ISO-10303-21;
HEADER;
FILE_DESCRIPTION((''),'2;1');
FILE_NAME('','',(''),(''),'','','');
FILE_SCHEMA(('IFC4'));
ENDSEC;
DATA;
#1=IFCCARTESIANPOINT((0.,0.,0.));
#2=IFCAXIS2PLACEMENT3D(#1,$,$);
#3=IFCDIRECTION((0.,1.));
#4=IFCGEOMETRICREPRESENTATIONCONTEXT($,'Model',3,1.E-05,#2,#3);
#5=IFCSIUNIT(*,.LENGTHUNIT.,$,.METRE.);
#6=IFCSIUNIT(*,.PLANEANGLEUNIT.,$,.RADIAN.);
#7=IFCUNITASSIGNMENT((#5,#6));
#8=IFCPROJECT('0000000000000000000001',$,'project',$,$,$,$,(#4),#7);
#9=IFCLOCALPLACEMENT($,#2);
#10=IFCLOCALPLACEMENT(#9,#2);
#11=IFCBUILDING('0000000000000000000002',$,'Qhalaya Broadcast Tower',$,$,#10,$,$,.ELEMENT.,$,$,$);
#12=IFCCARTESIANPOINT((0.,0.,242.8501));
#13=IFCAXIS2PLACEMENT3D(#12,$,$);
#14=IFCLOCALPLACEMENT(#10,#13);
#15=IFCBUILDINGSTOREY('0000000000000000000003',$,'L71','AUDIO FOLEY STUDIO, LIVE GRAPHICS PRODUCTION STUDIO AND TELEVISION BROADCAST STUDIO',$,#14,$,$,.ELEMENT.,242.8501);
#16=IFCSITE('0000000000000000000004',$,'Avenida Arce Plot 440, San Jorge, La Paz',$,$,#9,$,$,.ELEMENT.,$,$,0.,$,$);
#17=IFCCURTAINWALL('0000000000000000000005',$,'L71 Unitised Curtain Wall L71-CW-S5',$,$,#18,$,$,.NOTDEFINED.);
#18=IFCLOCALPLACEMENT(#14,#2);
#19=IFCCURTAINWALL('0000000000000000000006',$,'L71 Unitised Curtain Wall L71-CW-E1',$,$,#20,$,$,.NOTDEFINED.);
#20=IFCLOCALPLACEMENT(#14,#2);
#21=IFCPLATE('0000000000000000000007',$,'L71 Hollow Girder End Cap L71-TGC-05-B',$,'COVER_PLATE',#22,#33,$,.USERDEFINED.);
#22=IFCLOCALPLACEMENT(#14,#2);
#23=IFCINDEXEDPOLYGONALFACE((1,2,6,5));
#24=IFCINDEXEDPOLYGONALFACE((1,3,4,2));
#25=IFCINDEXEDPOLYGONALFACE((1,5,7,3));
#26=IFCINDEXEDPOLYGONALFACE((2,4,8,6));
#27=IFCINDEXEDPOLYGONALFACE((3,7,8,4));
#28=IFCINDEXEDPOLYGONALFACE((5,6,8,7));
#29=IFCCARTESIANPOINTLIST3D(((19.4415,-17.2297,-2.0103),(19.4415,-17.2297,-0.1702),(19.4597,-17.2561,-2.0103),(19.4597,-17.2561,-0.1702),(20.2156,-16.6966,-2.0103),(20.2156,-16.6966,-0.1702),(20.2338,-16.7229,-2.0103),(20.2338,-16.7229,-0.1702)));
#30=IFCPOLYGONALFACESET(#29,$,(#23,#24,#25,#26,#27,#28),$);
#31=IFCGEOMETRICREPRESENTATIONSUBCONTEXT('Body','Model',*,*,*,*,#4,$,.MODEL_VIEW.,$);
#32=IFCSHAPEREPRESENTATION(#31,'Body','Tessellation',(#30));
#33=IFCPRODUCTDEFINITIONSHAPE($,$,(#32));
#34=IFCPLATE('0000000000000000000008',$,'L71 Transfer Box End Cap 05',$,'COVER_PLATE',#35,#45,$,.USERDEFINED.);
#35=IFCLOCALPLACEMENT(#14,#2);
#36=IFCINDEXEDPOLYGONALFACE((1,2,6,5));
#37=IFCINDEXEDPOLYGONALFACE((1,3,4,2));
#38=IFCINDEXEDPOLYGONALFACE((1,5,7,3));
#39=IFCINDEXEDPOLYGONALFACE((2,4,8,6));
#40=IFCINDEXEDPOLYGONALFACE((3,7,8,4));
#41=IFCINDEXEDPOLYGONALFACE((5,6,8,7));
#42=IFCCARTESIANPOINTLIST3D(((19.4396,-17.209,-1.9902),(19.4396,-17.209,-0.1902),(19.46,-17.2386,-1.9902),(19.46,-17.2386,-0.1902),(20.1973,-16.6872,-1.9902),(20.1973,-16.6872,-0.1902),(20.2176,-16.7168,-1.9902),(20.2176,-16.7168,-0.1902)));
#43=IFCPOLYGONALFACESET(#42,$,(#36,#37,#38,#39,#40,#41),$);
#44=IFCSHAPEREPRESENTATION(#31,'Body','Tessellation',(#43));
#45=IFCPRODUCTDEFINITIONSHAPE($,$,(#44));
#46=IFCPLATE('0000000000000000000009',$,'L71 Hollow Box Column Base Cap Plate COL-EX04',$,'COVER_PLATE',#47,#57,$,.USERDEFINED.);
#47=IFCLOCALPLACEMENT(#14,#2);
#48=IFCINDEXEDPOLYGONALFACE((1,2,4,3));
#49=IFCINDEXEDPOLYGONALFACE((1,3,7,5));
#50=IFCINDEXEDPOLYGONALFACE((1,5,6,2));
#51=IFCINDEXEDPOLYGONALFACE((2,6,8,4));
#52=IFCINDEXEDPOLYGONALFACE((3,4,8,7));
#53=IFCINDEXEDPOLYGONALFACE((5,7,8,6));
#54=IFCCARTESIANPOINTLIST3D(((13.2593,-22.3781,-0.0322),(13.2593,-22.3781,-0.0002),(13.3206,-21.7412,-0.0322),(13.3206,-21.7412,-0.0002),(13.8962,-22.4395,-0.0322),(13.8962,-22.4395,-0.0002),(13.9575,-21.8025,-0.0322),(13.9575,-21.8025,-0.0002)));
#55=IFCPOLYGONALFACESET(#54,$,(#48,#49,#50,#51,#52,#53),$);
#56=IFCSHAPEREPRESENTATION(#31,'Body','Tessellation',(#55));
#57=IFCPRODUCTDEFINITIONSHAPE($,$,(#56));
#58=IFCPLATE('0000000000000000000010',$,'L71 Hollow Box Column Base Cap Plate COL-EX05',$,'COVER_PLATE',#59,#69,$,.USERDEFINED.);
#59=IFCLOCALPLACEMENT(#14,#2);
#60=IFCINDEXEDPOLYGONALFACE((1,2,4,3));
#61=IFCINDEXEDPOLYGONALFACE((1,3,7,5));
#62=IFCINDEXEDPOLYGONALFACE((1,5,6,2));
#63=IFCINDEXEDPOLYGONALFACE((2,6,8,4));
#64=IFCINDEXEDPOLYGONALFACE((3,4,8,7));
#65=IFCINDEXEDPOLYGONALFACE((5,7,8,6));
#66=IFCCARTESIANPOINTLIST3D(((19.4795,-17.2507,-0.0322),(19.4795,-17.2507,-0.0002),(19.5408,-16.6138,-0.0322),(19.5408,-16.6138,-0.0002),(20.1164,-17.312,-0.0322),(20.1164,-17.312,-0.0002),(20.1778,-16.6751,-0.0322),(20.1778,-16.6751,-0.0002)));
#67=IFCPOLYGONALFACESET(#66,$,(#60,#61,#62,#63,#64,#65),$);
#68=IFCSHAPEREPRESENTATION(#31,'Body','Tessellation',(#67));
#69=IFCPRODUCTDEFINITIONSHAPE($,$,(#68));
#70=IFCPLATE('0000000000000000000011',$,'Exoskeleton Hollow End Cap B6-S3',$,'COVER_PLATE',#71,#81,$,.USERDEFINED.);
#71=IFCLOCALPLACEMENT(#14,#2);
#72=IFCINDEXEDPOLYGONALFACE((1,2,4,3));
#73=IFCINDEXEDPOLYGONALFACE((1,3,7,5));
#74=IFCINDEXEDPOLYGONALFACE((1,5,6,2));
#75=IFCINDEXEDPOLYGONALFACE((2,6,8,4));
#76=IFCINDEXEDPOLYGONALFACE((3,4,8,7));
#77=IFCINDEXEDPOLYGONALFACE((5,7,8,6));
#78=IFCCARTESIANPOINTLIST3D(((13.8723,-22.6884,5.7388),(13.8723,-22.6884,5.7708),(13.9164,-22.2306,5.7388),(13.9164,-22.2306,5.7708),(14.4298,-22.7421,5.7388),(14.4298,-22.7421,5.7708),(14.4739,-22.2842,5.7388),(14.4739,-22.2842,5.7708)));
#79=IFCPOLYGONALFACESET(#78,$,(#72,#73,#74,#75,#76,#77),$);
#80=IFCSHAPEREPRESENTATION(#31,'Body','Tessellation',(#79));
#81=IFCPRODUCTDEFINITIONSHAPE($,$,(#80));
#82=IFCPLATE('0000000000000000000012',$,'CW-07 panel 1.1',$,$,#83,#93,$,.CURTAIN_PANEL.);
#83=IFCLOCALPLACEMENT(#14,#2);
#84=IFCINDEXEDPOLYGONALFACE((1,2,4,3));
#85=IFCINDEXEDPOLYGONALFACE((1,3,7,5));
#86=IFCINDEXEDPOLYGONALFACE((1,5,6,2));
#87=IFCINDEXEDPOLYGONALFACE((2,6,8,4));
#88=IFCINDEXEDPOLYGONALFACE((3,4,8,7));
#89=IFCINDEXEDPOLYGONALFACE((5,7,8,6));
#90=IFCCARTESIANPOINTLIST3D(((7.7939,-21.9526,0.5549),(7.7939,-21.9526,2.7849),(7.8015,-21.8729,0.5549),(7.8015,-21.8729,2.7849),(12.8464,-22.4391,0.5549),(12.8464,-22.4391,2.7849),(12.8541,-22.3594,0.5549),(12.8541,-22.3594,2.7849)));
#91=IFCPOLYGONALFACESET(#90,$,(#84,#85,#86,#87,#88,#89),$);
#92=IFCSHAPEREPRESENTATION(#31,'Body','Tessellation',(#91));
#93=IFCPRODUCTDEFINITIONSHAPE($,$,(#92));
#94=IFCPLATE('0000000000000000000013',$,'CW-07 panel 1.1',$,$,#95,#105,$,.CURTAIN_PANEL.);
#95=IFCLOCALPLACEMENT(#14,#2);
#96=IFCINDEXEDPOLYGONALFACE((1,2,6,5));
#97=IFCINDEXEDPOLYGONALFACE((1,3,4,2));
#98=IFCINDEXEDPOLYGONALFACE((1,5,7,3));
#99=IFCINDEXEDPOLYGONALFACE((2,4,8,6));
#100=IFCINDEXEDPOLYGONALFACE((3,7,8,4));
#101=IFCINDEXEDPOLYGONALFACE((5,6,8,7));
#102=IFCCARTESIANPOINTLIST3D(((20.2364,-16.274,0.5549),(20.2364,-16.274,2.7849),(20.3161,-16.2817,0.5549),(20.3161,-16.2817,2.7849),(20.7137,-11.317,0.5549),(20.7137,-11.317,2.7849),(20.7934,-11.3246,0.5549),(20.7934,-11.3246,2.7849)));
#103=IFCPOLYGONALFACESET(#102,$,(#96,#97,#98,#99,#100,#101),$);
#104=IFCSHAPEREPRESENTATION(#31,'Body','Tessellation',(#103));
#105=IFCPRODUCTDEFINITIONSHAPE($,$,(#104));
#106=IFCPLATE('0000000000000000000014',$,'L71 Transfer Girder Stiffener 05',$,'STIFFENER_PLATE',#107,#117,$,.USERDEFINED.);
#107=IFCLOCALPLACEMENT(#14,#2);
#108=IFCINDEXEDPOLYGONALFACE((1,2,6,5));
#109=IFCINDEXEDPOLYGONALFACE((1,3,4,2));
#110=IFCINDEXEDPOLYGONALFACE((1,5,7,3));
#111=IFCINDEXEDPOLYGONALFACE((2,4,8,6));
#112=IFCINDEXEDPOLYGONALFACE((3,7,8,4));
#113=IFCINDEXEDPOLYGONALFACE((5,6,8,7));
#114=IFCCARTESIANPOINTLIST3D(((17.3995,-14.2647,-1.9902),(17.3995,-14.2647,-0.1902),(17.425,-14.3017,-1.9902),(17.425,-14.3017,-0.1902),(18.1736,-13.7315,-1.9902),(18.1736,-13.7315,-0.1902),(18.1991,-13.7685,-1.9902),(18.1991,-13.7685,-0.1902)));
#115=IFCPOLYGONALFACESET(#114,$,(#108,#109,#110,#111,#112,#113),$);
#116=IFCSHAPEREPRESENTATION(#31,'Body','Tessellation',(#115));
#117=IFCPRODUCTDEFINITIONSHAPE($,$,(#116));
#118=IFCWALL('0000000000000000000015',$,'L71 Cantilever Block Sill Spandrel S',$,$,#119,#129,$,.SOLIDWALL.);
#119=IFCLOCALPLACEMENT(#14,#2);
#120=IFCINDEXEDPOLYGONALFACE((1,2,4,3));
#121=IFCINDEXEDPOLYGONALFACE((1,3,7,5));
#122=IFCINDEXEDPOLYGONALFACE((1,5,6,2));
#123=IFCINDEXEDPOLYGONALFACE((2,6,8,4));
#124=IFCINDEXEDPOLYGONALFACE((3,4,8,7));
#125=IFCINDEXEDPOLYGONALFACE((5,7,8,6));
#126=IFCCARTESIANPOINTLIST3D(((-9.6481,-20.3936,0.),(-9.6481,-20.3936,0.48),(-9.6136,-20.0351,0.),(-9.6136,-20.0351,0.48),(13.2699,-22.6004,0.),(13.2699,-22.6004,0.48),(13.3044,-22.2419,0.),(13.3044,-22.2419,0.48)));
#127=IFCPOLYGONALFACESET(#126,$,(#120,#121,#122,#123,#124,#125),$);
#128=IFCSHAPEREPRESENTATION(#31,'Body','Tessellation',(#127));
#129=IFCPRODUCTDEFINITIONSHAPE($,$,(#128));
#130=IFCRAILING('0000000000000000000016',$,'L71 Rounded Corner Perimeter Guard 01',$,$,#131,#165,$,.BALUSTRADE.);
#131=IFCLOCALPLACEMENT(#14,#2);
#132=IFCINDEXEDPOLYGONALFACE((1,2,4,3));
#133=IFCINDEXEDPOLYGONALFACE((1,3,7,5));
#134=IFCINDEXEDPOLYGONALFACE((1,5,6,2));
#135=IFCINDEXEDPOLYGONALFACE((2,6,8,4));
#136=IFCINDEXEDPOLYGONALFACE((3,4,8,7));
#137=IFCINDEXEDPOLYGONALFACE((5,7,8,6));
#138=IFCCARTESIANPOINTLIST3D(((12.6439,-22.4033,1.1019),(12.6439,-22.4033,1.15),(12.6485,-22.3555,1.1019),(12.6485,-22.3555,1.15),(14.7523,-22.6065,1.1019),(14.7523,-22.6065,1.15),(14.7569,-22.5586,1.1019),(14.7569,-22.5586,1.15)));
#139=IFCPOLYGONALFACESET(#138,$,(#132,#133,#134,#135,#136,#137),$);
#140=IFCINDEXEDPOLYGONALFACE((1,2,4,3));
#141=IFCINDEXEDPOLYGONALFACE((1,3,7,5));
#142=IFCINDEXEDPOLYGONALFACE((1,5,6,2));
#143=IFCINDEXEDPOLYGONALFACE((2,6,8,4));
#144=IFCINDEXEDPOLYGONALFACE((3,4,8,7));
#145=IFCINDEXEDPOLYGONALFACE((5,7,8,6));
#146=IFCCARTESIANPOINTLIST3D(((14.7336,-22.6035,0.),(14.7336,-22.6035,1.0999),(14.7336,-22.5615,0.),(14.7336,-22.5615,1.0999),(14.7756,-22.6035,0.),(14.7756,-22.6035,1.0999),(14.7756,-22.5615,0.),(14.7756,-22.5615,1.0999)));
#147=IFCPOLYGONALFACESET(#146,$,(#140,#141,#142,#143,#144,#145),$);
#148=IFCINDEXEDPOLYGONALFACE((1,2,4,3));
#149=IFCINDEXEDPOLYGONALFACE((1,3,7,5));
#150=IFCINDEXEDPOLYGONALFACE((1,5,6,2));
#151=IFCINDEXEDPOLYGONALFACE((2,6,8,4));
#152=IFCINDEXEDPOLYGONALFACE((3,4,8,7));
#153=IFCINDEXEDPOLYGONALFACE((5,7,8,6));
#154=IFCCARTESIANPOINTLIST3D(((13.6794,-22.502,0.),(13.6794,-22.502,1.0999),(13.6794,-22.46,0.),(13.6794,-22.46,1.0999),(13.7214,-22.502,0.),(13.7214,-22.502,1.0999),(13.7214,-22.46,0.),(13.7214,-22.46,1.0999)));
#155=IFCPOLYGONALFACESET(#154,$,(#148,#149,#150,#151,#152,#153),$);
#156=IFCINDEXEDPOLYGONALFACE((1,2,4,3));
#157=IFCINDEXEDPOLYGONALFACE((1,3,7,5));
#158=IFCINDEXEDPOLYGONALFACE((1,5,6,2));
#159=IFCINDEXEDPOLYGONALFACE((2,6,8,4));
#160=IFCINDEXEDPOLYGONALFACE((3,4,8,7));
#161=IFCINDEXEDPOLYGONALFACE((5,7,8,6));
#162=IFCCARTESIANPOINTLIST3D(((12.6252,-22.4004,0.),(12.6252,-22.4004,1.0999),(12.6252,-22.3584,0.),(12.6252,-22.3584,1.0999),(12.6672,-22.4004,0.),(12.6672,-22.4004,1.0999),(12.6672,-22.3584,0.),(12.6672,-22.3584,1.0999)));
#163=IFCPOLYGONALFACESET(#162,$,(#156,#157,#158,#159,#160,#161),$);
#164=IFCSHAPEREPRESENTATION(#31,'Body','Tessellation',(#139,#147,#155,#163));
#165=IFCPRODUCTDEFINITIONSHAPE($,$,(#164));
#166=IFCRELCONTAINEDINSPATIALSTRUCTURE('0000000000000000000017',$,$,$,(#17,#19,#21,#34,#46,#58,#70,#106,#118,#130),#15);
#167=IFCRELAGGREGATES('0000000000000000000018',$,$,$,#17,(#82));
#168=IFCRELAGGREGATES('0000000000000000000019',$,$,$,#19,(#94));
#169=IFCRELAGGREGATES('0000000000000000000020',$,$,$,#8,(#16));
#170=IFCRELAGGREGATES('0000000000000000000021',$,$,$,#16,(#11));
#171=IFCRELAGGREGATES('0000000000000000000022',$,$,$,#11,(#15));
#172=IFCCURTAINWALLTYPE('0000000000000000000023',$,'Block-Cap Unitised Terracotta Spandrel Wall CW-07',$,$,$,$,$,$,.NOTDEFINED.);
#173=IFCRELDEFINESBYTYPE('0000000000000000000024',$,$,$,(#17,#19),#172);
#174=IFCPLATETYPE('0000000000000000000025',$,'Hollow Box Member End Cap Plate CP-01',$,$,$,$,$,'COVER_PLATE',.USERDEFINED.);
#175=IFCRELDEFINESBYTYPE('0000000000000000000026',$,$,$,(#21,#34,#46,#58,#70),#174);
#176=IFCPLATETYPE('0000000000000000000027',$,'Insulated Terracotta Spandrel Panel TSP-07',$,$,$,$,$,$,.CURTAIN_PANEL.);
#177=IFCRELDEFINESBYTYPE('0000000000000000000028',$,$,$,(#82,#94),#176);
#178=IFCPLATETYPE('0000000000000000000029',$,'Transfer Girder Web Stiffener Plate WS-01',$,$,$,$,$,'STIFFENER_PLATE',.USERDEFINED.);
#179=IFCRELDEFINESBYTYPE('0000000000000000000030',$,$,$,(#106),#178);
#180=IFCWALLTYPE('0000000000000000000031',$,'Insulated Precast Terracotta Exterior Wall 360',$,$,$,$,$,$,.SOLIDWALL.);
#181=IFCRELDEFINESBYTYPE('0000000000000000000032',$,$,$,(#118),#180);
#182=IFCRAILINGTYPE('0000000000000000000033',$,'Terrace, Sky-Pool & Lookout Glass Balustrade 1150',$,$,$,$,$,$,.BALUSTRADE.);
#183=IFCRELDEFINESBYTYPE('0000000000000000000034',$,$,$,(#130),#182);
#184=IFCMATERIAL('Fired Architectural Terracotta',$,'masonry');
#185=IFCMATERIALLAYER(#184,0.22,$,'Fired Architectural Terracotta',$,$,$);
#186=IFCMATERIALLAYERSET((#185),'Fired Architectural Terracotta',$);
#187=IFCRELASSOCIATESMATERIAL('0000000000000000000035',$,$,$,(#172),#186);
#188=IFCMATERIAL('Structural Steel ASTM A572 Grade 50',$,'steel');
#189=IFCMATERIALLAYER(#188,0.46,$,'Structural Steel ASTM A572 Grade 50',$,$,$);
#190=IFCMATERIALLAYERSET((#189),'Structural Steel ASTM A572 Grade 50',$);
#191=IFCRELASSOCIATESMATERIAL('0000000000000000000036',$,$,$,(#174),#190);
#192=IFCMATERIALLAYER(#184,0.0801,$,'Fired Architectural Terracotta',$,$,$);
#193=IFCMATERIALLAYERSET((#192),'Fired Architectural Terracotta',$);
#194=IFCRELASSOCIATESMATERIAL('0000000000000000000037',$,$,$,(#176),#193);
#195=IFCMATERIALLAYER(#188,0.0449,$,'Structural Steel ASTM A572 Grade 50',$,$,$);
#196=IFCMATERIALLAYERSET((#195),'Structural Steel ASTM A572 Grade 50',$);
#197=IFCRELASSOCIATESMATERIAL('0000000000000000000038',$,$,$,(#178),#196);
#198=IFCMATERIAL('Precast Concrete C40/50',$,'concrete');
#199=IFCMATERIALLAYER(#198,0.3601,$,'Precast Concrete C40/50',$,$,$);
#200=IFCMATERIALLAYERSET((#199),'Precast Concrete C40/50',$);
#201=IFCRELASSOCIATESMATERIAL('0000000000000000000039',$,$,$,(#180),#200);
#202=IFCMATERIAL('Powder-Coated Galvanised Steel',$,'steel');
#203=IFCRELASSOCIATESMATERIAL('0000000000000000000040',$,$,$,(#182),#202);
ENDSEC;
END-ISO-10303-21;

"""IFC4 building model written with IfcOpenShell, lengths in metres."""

from ifc_helpers import new_model, si_unit, direction, frame, frame_2d, origin, origin_2d, place, context, subcontext, project, spatial, rectangle, extrude, material, layer, layer_set, type_object, element, aggregate, save


model = new_model("IFC4")

# Units and contexts
model_context = context("Model", 3, precision=1e-05, world=origin(), true_north=direction((0.0, 1.0)))
body_context = subcontext(model_context, "Body", "Model", "MODEL_VIEW")
ifc_project = project(units=[si_unit("LENGTHUNIT", "METRE"), si_unit("PLANEANGLEUNIT", "RADIAN")], contexts=[model_context])

# Site, building, storey
site_placement = place(None, origin())
site = spatial("IfcSite", under=ifc_project, at=site_placement, Name="Avenida Arce Plot 440, San Jorge, La Paz", CompositionType="ELEMENT", RefElevation=0.0)
building_placement = place(site_placement, origin())
building = spatial("IfcBuilding", under=site, at=building_placement, Name="Qhalaya Broadcast Tower", CompositionType="ELEMENT")
storey_placement = place(building_placement, frame((0.0, 0.0, 242.8501)))
storey = spatial("IfcBuildingStorey", under=building, at=storey_placement, Name="L71", Description="AUDIO FOLEY STUDIO, LIVE GRAPHICS PRODUCTION STUDIO AND TELEVISION BROADCAST STUDIO", CompositionType="ELEMENT", Elevation=242.8501)

# Shared definitions
ifc_material_1 = material(Name="Structural Steel ASTM A572 Grade 50", Category="steel")

# Curtain wall
ifc_material_2 = material(Name="Fired Architectural Terracotta", Category="masonry")
ifc_layer_1 = layer(ifc_material_2, 0.22, Name="Fired Architectural Terracotta")
ifc_layer_set_1 = layer_set([ifc_layer_1], Name="Fired Architectural Terracotta")
curtain_wall_type = type_object("IfcCurtainWallType", Name="Block-Cap Unitised Terracotta Spandrel Wall CW-07", PredefinedType="NOTDEFINED", material=ifc_layer_set_1)
curtain_wall_1_placement = place(storey_placement, origin())
curtain_wall_1 = element("IfcCurtainWall", 1, at=curtain_wall_1_placement, inside=storey, type_object=curtain_wall_type, Name="L71 Unitised Curtain Wall L71-CW-S5", PredefinedType="NOTDEFINED")

# Curtain wall
curtain_wall_2_placement = place(storey_placement, origin())
curtain_wall_2 = element("IfcCurtainWall", 2, at=curtain_wall_2_placement, inside=storey, type_object=curtain_wall_type, Name="L71 Unitised Curtain Wall L71-CW-E1", PredefinedType="NOTDEFINED")

# Plates
ifc_layer_2 = layer(ifc_material_1, 0.46, Name="Structural Steel ASTM A572 Grade 50")
ifc_layer_set_2 = layer_set([ifc_layer_2], Name="Structural Steel ASTM A572 Grade 50")
plate_type_1 = type_object("IfcPlateType", Name="Hollow Box Member End Cap Plate CP-01", ElementType="COVER_PLATE", PredefinedType="USERDEFINED", material=ifc_layer_set_2)
for number, where, z_axis, x_axis, name in (
    (3, (19.8376, -16.9763, -2.0103), (0.0, 0.0, 1.0), (0.823582, 0.567197, 0.0), "L71 Hollow Girder End Cap L71-TGC-05-B"),
):
    element("IfcPlate", number, at=place(storey_placement, frame(where, z_axis=z_axis, x_axis=x_axis)), inside=storey, type_object=plate_type_1, Name=name, ObjectType="COVER_PLATE", PredefinedType="USERDEFINED", context=body_context, shape_type="SweptSolid", body=[
        extrude(rectangle(XDim=0.9399, YDim=0.032, at=origin_2d()), origin(), (0.0, 0.0, 1.0), 1.8401),
    ])
plate_1_placement = place(storey_placement, frame((19.8286, -16.9629, -1.9902), z_axis=(0.0, 0.0, 1.0), x_axis=(0.823582, 0.567197, 0.0)))
element("IfcPlate", 4, at=plate_1_placement, inside=storey, type_object=plate_type_1, Name="L71 Transfer Box End Cap 05", ObjectType="COVER_PLATE", PredefinedType="USERDEFINED", context=body_context, shape_type="SweptSolid", body=[
    extrude(rectangle(XDim=0.9199, YDim=0.0359, at=origin_2d()), origin(), (0.0, 0.0, 1.0), 1.8),
])
for number, where, z_axis, x_axis, name in (
    (5, (13.6084, -22.0903, -0.0322), (0.0, 0.0, 1.0), (0.995396, -0.095846, 0.0), "L71 Hollow Box Column Base Cap Plate COL-EX04"),
    (6, (19.8286, -16.9629, -0.0322), (0.0, 0.0, 1.0), (0.095846, 0.995396, 0.0), "L71 Hollow Box Column Base Cap Plate COL-EX05"),
):
    element("IfcPlate", number, at=place(storey_placement, frame(where, z_axis=z_axis, x_axis=x_axis)), inside=storey, type_object=plate_type_1, Name=name, ObjectType="COVER_PLATE", PredefinedType="USERDEFINED", context=body_context, shape_type="SweptSolid", body=[
        extrude(rectangle(XDim=0.6399, YDim=0.6399, at=origin_2d()), origin(), (0.0, 0.0, 1.0), 0.032),
    ])
plate_2_placement = place(storey_placement, frame((14.1731, -22.4863, 5.7388), z_axis=(0.0, 0.0, 1.0), x_axis=(0.995396, -0.095846, 0.0)))
element("IfcPlate", 7, at=plate_2_placement, inside=storey, type_object=plate_type_1, Name="Exoskeleton Hollow End Cap B6-S3", ObjectType="COVER_PLATE", PredefinedType="USERDEFINED", context=body_context, shape_type="SweptSolid", body=[
    extrude(rectangle(XDim=0.5601, YDim=0.46, at=origin_2d()), origin(), (0.0, 0.0, 1.0), 0.032),
])

# Plates
ifc_layer_3 = layer(ifc_material_2, 0.0801, Name="Fired Architectural Terracotta")
ifc_layer_set_3 = layer_set([ifc_layer_3], Name="Fired Architectural Terracotta")
plate_type_2 = type_object("IfcPlateType", Name="Insulated Terracotta Spandrel Panel TSP-07", PredefinedType="CURTAIN_PANEL", material=ifc_layer_set_3)
plate_3_placement = place(storey_placement, frame((10.324, -22.156, 0.5549), z_axis=(0.0, 0.0, 1.0), x_axis=(0.995396, -0.095848, 0.0)))
plate_3 = element("IfcPlate", 8, at=plate_3_placement, type_object=plate_type_2, Name="CW-07 panel 1.1", PredefinedType="CURTAIN_PANEL", context=body_context, shape_type="SweptSolid", body=[
    extrude(rectangle(XDim=5.0759, YDim=0.0801, at=origin_2d()), origin(), (0.0, 0.0, 1.0), 2.23),
])
aggregate(curtain_wall_1, [plate_3])
plate_4_placement = place(storey_placement, frame((20.5149, -13.7993, 0.5549), z_axis=(0.0, 0.0, 1.0), x_axis=(0.095848, 0.995396, 0.0)))
plate_4 = element("IfcPlate", 9, at=plate_4_placement, type_object=plate_type_2, Name="CW-07 panel 1.1", PredefinedType="CURTAIN_PANEL", context=body_context, shape_type="SweptSolid", body=[
    extrude(rectangle(XDim=4.98, YDim=0.0801, at=origin_2d()), origin(), (0.0, 0.0, 1.0), 2.23),
])
aggregate(curtain_wall_2, [plate_4])
ifc_layer_4 = layer(ifc_material_1, 0.0449, Name="Structural Steel ASTM A572 Grade 50")
ifc_layer_set_4 = layer_set([ifc_layer_4], Name="Structural Steel ASTM A572 Grade 50")
plate_type_3 = type_object("IfcPlateType", Name="Transfer Girder Web Stiffener Plate WS-01", ElementType="STIFFENER_PLATE", PredefinedType="USERDEFINED", material=ifc_layer_set_4)
plate_5_placement = place(storey_placement, frame((17.7993, -14.0166, -1.9902), z_axis=(0.0, 0.0, 1.0), x_axis=(0.823582, 0.567197, 0.0)))
element("IfcPlate", 10, at=plate_5_placement, inside=storey, type_object=plate_type_3, Name="L71 Transfer Girder Stiffener 05", ObjectType="STIFFENER_PLATE", PredefinedType="USERDEFINED", context=body_context, shape_type="SweptSolid", body=[
    extrude(rectangle(XDim=0.9399, YDim=0.0449, at=origin_2d()), origin(), (0.0, 0.0, 1.0), 1.8),
])

# Wall
ifc_material_3 = material(Name="Precast Concrete C40/50", Category="concrete")
ifc_layer_5 = layer(ifc_material_3, 0.3601, Name="Precast Concrete C40/50")
ifc_layer_set_5 = layer_set([ifc_layer_5], Name="Precast Concrete C40/50")
wall_type = type_object("IfcWallType", Name="Insulated Precast Terracotta Exterior Wall 360", PredefinedType="SOLIDWALL", material=ifc_layer_set_5)
wall_placement = place(storey_placement, frame((13.2871, -22.4211, 0.0), z_axis=(0.0, 0.0, 1.0), x_axis=(-0.995396, 0.095847, 0.0)))
element("IfcWall", 11, at=wall_placement, inside=storey, type_object=wall_type, Name="L71 Cantilever Block Sill Spandrel S", PredefinedType="SOLIDWALL", context=body_context, shape_type="SweptSolid", body=[
    extrude(rectangle(XDim=23.0239, YDim=0.3601, at=frame_2d((11.512, 0.0))), origin(), (0.0, 0.0, 1.0), 0.48),
])

# Railing
ifc_material_4 = material(Name="Powder-Coated Galvanised Steel", Category="steel")
railing_type = type_object("IfcRailingType", Name="Terrace, Sky-Pool & Lookout Glass Balustrade 1150", PredefinedType="BALUSTRADE", material=ifc_material_4)
railing_1_placement = place(storey_placement, frame((14.7546, -22.5825, 0.0)))
element("IfcRailing", 12, at=railing_1_placement, inside=storey, type_object=railing_type, Name="L71 Rounded Corner Perimeter Guard 01", PredefinedType="BALUSTRADE", context=body_context, shape_type="SweptSolid", body=[
    extrude(rectangle(XDim=0.0481, YDim=0.0481, at=origin_2d()), frame((0.0, 0.0, 1.126), z_axis=(-0.995391, 0.095897, 0.0), x_axis=(-0.095897, -0.995391, 0.0)), (0.0, 0.0, 1.0), 2.1182),
    extrude(rectangle(XDim=0.042, YDim=0.042, at=origin_2d()), origin(), (0.0, 0.0, 1.0), 1.0999),
    extrude(rectangle(XDim=0.042, YDim=0.042, at=origin_2d()), frame((-1.0542, 0.1016, 0.0)), (0.0, 0.0, 1.0), 1.0999),
    extrude(rectangle(XDim=0.042, YDim=0.042, at=origin_2d()), frame((-2.1084, 0.2031, 0.0)), (0.0, 0.0, 1.0), 1.0999),
])

save(model, "model.ifc")
